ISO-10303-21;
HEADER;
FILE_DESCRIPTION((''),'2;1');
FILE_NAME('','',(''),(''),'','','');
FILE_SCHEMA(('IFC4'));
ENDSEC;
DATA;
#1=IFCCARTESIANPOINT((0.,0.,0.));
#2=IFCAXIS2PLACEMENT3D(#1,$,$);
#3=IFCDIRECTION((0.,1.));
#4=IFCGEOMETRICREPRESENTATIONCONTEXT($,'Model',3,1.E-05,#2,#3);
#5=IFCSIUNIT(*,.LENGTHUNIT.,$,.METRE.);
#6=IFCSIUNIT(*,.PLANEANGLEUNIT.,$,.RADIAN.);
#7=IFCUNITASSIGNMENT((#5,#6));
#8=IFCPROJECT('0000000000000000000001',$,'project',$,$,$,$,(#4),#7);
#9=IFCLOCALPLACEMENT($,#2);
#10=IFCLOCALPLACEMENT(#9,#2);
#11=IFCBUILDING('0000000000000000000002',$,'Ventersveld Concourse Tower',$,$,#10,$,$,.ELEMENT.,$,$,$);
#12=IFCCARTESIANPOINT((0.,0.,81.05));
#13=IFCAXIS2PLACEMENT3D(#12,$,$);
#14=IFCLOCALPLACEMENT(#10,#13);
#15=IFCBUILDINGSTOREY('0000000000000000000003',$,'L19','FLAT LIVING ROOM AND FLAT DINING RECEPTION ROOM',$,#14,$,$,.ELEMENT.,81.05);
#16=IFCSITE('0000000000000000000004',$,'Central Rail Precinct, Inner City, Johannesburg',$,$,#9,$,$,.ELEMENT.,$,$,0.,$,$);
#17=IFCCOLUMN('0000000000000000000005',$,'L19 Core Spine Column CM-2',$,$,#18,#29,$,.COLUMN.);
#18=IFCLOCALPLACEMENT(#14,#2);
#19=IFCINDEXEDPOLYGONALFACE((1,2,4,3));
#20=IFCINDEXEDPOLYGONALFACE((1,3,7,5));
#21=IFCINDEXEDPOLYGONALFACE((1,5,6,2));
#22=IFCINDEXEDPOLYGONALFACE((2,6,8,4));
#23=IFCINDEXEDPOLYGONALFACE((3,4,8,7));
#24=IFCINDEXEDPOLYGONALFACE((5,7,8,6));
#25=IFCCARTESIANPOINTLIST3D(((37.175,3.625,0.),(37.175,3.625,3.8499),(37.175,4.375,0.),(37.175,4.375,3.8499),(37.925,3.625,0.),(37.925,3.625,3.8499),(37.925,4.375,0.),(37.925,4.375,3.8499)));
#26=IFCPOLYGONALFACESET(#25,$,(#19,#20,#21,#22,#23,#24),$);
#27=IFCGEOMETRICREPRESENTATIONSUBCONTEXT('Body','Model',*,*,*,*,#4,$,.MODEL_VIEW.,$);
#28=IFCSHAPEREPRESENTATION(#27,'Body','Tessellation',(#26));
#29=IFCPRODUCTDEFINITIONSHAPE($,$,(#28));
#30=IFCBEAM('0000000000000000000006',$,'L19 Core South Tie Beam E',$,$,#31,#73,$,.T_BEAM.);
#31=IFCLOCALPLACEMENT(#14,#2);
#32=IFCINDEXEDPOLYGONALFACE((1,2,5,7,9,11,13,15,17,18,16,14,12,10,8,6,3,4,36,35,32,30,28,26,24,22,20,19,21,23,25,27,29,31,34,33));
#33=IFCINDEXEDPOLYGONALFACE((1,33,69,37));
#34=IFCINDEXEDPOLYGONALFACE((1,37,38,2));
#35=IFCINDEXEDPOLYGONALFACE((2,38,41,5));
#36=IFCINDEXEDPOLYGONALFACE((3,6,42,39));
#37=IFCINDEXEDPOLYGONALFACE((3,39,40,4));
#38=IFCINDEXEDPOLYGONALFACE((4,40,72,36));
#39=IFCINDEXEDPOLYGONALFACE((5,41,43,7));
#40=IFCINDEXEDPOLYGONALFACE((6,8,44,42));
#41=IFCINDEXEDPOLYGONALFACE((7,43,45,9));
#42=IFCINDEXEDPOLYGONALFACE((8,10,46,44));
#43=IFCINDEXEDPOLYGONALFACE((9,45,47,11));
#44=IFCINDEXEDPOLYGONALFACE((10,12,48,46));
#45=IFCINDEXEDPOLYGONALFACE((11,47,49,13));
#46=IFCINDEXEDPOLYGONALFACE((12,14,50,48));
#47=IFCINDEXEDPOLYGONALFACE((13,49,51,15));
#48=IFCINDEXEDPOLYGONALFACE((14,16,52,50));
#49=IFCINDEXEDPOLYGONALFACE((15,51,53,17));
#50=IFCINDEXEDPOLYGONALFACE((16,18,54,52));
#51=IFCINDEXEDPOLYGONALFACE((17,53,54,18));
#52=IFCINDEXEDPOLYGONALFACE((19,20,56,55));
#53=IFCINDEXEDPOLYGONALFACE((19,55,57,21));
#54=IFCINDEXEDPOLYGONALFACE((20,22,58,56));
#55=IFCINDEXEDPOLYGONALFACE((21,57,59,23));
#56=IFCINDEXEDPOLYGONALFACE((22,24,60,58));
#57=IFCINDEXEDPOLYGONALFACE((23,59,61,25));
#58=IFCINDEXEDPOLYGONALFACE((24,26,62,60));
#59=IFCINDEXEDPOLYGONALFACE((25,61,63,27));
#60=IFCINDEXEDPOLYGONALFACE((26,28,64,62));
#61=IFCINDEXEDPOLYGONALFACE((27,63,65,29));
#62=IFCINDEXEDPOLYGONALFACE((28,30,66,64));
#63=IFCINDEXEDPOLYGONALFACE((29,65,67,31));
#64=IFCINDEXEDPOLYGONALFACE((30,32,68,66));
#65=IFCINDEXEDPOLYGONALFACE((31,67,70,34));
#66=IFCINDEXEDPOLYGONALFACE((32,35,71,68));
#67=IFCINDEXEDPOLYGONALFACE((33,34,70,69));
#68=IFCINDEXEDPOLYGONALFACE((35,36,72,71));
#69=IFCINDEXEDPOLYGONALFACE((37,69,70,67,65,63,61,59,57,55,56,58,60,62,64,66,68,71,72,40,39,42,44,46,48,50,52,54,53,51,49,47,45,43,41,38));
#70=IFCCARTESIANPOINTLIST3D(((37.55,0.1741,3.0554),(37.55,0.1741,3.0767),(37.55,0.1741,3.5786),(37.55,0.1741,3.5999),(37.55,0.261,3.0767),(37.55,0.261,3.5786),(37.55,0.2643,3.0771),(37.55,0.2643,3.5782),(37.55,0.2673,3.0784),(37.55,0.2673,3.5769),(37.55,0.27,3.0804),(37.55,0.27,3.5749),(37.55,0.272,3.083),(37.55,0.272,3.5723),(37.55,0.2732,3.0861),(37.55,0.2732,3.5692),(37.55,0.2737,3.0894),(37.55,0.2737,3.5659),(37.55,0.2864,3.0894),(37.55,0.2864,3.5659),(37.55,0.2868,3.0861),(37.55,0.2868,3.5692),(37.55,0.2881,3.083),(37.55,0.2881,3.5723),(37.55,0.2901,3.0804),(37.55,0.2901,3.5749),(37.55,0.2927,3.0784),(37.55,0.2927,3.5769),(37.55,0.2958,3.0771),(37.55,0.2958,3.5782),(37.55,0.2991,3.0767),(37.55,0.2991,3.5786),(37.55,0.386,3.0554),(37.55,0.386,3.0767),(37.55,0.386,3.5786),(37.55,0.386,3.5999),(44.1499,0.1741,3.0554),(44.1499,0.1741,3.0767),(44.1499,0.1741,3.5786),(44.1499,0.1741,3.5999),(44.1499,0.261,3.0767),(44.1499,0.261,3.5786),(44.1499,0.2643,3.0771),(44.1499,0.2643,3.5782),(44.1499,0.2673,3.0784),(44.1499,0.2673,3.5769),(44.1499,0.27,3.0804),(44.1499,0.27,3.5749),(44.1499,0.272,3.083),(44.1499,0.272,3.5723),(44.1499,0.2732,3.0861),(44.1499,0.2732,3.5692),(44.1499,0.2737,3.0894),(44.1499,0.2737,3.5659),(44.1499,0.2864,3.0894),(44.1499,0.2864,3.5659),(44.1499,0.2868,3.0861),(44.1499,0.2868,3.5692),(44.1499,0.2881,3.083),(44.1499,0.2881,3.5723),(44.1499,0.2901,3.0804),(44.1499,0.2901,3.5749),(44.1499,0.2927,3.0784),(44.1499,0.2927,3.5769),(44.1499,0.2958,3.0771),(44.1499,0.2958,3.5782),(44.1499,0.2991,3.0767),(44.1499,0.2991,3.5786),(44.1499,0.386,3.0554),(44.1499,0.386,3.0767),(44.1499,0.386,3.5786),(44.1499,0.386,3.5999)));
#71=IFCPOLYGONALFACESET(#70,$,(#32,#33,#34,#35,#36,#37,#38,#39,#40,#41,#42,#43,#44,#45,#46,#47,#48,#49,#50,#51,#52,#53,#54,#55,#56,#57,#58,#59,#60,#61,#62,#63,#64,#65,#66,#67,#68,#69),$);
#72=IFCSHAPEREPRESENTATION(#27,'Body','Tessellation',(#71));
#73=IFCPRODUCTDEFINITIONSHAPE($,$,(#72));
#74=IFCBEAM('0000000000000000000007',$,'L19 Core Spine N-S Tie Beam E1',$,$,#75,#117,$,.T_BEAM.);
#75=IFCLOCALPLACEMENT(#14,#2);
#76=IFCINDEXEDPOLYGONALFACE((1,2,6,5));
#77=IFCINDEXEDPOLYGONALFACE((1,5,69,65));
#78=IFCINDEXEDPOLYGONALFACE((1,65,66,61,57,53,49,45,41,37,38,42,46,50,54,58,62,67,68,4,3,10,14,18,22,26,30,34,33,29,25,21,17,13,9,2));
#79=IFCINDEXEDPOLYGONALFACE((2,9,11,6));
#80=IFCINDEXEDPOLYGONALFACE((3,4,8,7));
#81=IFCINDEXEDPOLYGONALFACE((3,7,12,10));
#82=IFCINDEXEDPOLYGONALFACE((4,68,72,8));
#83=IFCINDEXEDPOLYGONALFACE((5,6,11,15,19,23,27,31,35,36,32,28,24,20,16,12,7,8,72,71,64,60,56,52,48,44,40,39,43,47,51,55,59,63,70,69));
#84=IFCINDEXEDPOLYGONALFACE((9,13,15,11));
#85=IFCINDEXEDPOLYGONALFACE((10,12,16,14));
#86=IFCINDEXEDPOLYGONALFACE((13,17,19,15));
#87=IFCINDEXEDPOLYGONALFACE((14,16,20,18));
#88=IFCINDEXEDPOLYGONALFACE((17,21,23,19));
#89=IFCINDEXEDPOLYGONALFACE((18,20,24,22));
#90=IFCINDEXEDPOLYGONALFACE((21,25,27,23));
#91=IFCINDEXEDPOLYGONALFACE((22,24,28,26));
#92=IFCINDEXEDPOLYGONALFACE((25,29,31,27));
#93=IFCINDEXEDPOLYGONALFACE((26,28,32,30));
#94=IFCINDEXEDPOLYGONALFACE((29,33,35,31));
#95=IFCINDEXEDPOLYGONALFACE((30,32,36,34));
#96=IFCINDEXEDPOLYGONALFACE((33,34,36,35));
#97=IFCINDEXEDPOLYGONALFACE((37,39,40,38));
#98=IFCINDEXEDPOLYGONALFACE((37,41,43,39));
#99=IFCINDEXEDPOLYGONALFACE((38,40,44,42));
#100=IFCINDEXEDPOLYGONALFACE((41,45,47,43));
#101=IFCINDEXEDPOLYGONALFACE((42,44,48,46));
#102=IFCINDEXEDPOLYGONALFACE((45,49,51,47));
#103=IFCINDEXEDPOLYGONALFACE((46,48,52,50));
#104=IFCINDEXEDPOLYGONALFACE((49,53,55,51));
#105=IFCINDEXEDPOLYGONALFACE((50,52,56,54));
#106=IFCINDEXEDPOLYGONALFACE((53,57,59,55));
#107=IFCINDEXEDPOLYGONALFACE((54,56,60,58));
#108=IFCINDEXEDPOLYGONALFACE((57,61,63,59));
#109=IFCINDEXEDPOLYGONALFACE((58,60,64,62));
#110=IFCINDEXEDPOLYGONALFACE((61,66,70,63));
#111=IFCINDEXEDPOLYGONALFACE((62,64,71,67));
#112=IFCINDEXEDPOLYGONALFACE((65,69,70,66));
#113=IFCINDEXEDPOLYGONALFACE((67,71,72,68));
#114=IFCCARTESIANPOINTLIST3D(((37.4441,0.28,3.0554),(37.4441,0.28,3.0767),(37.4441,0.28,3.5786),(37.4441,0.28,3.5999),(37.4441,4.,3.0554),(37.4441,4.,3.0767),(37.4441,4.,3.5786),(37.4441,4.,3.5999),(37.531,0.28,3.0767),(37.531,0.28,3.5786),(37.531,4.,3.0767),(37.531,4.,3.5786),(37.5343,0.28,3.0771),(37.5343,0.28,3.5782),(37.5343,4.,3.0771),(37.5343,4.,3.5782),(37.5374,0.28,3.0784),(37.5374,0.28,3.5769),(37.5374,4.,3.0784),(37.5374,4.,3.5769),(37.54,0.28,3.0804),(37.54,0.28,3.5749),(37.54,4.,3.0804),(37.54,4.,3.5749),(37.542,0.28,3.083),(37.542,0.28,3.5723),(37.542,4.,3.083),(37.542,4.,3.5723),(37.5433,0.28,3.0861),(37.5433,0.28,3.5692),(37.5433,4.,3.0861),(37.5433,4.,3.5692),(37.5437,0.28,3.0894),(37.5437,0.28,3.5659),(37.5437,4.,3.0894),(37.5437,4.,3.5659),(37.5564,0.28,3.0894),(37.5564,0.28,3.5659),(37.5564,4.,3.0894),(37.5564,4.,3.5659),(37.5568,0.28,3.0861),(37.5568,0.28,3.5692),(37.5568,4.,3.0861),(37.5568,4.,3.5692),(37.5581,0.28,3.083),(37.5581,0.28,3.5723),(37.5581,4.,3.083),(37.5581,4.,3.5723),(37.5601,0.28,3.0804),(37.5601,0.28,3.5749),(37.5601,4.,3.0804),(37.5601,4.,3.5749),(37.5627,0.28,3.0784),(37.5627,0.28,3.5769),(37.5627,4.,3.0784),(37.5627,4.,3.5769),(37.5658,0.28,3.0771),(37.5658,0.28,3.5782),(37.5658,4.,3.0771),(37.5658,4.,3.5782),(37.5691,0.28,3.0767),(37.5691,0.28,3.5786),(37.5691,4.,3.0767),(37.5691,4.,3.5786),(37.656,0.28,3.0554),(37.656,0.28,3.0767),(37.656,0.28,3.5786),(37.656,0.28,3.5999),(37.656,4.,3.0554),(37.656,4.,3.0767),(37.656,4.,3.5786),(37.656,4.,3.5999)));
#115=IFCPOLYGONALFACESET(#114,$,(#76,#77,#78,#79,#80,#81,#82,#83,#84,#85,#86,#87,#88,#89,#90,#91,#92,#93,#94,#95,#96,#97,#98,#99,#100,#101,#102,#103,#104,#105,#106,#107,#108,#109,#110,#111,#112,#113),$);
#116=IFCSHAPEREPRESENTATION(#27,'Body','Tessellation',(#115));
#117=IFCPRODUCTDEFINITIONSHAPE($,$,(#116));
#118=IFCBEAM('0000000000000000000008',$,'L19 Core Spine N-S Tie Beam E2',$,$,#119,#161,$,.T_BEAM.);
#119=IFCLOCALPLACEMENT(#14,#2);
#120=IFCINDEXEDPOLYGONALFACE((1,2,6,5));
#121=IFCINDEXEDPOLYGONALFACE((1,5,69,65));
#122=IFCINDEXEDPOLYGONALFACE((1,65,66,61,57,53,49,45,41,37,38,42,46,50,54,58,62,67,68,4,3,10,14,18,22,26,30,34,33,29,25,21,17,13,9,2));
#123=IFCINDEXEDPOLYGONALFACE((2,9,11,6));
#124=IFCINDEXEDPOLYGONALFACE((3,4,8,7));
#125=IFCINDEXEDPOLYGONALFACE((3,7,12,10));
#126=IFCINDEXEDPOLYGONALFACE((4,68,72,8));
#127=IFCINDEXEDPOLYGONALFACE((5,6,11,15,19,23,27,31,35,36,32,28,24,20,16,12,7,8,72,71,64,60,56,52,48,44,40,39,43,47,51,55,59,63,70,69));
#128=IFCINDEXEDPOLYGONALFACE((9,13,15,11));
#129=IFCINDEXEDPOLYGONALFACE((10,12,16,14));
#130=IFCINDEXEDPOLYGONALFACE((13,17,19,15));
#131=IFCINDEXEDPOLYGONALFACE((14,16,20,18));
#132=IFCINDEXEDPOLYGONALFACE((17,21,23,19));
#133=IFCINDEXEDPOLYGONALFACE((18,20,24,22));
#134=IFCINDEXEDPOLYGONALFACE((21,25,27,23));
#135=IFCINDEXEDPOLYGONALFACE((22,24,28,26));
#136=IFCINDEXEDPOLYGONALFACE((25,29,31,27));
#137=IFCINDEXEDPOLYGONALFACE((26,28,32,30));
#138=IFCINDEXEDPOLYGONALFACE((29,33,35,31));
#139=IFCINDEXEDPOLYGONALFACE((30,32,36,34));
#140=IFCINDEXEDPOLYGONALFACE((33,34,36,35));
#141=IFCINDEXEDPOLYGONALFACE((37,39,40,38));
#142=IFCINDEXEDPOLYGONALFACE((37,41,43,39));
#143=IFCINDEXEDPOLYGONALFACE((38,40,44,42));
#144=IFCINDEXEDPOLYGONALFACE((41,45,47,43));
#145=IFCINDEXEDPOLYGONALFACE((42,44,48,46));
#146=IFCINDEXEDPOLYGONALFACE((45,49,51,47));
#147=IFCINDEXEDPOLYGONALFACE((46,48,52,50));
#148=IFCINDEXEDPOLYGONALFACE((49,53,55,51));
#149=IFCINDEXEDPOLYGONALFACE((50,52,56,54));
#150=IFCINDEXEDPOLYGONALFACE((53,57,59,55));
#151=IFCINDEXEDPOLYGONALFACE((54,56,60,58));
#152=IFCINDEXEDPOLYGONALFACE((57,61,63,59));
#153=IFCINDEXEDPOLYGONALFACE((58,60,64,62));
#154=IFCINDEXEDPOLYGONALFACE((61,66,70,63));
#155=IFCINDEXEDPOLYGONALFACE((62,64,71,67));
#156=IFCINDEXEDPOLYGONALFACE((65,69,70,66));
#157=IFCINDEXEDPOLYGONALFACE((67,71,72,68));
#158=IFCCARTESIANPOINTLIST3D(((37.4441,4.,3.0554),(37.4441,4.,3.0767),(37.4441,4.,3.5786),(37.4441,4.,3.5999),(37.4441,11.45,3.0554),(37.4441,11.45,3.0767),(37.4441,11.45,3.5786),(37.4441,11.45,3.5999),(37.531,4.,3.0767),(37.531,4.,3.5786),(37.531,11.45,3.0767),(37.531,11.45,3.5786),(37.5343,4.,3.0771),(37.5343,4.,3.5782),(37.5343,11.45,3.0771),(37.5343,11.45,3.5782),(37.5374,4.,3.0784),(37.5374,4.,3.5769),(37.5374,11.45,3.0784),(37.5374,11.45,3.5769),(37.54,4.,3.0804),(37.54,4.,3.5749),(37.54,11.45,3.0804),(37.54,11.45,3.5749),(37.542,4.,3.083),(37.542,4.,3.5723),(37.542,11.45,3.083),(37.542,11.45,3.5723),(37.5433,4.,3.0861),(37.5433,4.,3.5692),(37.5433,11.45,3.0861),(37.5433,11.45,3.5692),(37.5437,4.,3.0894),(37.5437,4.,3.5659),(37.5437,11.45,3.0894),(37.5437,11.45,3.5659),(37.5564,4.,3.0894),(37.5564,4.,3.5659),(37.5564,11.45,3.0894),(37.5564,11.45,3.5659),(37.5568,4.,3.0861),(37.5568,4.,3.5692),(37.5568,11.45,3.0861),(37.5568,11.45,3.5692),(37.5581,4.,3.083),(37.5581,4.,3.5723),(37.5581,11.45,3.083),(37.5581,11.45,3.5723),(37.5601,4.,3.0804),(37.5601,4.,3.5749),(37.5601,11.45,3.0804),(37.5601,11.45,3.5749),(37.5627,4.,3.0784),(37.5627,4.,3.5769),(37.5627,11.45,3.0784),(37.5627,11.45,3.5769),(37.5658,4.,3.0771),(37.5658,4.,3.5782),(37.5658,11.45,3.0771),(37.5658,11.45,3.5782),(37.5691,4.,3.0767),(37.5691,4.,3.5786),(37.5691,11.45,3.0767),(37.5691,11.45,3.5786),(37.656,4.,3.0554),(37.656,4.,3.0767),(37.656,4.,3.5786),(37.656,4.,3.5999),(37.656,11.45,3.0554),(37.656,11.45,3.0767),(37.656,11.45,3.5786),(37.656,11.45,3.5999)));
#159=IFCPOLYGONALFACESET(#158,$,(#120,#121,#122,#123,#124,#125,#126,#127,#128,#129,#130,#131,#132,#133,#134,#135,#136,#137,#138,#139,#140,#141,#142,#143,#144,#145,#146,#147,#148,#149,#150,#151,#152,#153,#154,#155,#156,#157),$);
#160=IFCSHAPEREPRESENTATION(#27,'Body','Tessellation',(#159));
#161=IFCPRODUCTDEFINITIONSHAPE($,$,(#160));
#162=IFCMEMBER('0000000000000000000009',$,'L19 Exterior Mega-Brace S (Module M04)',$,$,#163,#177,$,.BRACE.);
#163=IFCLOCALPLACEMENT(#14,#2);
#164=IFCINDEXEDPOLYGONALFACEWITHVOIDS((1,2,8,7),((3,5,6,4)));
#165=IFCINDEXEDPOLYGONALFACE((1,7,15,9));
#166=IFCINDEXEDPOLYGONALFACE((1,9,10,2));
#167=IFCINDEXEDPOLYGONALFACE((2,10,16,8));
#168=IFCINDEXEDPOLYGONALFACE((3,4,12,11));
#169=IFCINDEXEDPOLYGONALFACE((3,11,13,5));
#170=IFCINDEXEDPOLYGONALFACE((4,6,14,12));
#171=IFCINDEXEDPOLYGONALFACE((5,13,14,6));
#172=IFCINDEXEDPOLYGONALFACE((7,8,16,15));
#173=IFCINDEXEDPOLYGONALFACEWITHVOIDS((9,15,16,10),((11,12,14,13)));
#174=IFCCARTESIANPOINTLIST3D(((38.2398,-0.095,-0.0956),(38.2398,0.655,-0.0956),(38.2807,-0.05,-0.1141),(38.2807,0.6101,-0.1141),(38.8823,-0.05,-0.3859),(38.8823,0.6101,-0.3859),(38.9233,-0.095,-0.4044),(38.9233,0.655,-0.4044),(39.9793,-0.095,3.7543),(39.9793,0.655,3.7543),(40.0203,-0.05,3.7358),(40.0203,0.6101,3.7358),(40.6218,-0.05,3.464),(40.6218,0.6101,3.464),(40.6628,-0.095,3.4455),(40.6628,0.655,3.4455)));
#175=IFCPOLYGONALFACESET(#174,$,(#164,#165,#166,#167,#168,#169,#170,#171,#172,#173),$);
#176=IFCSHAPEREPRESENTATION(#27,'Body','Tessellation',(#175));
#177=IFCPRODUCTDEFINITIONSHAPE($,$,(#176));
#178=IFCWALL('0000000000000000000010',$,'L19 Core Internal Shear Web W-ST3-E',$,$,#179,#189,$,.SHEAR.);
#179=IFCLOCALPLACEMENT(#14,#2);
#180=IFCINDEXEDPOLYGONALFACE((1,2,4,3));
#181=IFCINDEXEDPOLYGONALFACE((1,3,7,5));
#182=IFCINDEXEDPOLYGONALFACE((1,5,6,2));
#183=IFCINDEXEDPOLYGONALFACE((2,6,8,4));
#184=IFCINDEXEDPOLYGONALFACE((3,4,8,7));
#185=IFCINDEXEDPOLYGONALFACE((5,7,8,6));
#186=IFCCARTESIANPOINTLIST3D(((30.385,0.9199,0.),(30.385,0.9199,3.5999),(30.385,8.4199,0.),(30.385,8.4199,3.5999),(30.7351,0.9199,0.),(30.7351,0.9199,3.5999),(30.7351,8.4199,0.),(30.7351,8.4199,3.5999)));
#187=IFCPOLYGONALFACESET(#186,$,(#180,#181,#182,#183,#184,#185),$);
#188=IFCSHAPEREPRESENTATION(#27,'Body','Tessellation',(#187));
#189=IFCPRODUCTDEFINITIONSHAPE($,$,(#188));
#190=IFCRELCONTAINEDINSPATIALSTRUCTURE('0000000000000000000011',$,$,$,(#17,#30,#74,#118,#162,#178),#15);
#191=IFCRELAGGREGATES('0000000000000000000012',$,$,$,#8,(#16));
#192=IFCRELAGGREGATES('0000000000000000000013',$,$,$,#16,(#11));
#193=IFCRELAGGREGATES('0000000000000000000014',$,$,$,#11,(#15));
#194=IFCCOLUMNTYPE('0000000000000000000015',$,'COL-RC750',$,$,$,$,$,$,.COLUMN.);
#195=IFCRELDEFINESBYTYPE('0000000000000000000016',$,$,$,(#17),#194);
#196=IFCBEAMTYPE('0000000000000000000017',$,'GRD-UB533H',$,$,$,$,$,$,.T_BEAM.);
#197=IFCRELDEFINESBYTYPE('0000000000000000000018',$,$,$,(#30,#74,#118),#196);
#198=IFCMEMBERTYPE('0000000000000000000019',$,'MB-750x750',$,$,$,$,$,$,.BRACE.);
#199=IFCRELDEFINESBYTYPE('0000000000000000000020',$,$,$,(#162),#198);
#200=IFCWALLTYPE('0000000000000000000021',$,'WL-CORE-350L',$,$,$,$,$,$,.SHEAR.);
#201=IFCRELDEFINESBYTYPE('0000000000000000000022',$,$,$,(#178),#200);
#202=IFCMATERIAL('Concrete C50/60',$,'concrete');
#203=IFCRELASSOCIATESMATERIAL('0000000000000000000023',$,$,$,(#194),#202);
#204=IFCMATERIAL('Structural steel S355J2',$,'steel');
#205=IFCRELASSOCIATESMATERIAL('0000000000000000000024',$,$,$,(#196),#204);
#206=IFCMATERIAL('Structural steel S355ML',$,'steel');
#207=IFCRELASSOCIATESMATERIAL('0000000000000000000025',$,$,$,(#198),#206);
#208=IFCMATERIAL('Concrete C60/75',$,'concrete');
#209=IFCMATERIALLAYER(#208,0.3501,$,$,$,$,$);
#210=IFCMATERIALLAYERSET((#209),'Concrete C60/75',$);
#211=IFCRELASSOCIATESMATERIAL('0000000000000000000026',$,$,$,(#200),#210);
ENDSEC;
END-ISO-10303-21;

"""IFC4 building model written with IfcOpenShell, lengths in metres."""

from ifc_helpers import new_model, si_unit, direction, frame, frame_2d, origin, origin_2d, place, context, subcontext, project, spatial, rectangle, hollow_rectangle, i_section, extrude, material, layer, layer_set, material_profile, profile_set, type_object, element, save


model = new_model("IFC4")

# Units and contexts
model_context = context("Model", 3, precision=1e-05, world=origin(), true_north=direction((0.0, 1.0)))
body_context = subcontext(model_context, "Body", "Model", "MODEL_VIEW")
ifc_project = project(units=[si_unit("LENGTHUNIT", "METRE"), si_unit("PLANEANGLEUNIT", "RADIAN")], contexts=[model_context])

# Site, building, storey
site_placement = place(None, origin())
site = spatial("IfcSite", under=ifc_project, at=site_placement, Name="Central Rail Precinct, Inner City, Johannesburg", CompositionType="ELEMENT", RefElevation=0.0)
building_placement = place(site_placement, origin())
building = spatial("IfcBuilding", under=site, at=building_placement, Name="Ventersveld Concourse Tower", CompositionType="ELEMENT")
storey_placement = place(building_placement, frame((0.0, 0.0, 81.05)))
storey = spatial("IfcBuildingStorey", under=building, at=storey_placement, Name="L19", Description="FLAT LIVING ROOM AND FLAT DINING RECEPTION ROOM", CompositionType="ELEMENT", Elevation=81.05)

# Column
ifc_material_1 = material(Name="Concrete C50/60", Category="concrete")
ifc_material_profile_1 = material_profile(ifc_material_1, rectangle(XDim=0.75, YDim=0.75, at=origin_2d()), Name="RC 750x750")
ifc_profile_set_1 = profile_set([ifc_material_profile_1], Name="Concrete C50/60")
column_type = type_object("IfcColumnType", Name="COL-RC750", PredefinedType="COLUMN", material=ifc_profile_set_1)
column_placement = place(storey_placement, frame((37.55, 4.0, 0.0), z_axis=(0.0, 0.0, 1.0), x_axis=(1.0, 0.0, 0.0)))
element("IfcColumn", 1, at=column_placement, inside=storey, type_object=column_type, Name="L19 Core Spine Column CM-2", PredefinedType="COLUMN", context=body_context, shape_type="SweptSolid", body=[
    extrude(rectangle(XDim=0.75, YDim=0.75, at=origin_2d()), origin(), (0.0, 0.0, 1.0), 3.8499),
])

# Beams
ifc_material_2 = material(Name="Structural steel S355J2", Category="steel")
ifc_material_profile_2 = material_profile(ifc_material_2, i_section(OverallWidth=0.2119, OverallDepth=0.5444, WebThickness=0.0127, FlangeThickness=0.0212, FilletRadius=0.0127, at=origin_2d()), Name="UB 533x210x122")
ifc_profile_set_2 = profile_set([ifc_material_profile_2], Name="Structural steel S355J2")
beam_type = type_object("IfcBeamType", Name="GRD-UB533H", PredefinedType="T_BEAM", material=ifc_profile_set_2)
beam_1_placement = place(storey_placement, frame((37.55, 0.28, 3.3276), z_axis=(1.0, 0.0, 0.0), x_axis=(0.0, 1.0, 0.0)))
element("IfcBeam", 2, at=beam_1_placement, inside=storey, type_object=beam_type, Name="L19 Core South Tie Beam E", PredefinedType="T_BEAM", context=body_context, shape_type="SweptSolid", body=[
    extrude(i_section(OverallWidth=0.2119, OverallDepth=0.5444, WebThickness=0.0127, FlangeThickness=0.0212, FilletRadius=0.0127, at=origin_2d()), origin(), (0.0, 0.0, 1.0), 6.5999),
])
beam_2_placement = place(storey_placement, frame((37.55, 0.28, 3.3276), z_axis=(0.0, 1.0, 0.0), x_axis=(-1.0, 0.0, 0.0)))
element("IfcBeam", 3, at=beam_2_placement, inside=storey, type_object=beam_type, Name="L19 Core Spine N-S Tie Beam E1", PredefinedType="T_BEAM", context=body_context, shape_type="SweptSolid", body=[
    extrude(i_section(OverallWidth=0.2119, OverallDepth=0.5444, WebThickness=0.0127, FlangeThickness=0.0212, FilletRadius=0.0127, at=origin_2d()), origin(), (0.0, 0.0, 1.0), 3.72),
])
beam_3_placement = place(storey_placement, frame((37.55, 4.0, 3.3276), z_axis=(0.0, 1.0, 0.0), x_axis=(-1.0, 0.0, 0.0)))
element("IfcBeam", 4, at=beam_3_placement, inside=storey, type_object=beam_type, Name="L19 Core Spine N-S Tie Beam E2", PredefinedType="T_BEAM", context=body_context, shape_type="SweptSolid", body=[
    extrude(i_section(OverallWidth=0.2119, OverallDepth=0.5444, WebThickness=0.0127, FlangeThickness=0.0212, FilletRadius=0.0127, at=origin_2d()), origin(), (0.0, 0.0, 1.0), 7.45),
])

# Member
ifc_material_3 = material(Name="Structural steel S355ML", Category="steel")
ifc_material_profile_3 = material_profile(ifc_material_3, hollow_rectangle(XDim=0.75, YDim=0.75, WallThickness=0.0449, at=origin_2d()), Name="BOX 750x750x45")
ifc_profile_set_3 = profile_set([ifc_material_profile_3], Name="Structural steel S355ML")
member_type = type_object("IfcMemberType", Name="MB-750x750", PredefinedType="BRACE", material=ifc_profile_set_3)
member_placement = place(storey_placement, frame((38.5815, 0.28, -0.25), z_axis=(0.411755, 0.0, 0.911294), x_axis=(0.0, 1.0, 0.0)))
element("IfcMember", 5, at=member_placement, inside=storey, type_object=member_type, Name="L19 Exterior Mega-Brace S (Module M04)", PredefinedType="BRACE", context=body_context, shape_type="SweptSolid", body=[
    extrude(hollow_rectangle(XDim=0.75, YDim=0.75, WallThickness=0.0449, at=origin_2d()), origin(), (0.0, 0.0, 1.0), 4.2246),
])

# Wall
ifc_material_4 = material(Name="Concrete C60/75", Category="concrete")
ifc_layer_1 = layer(ifc_material_4, 0.3501)
ifc_layer_set_1 = layer_set([ifc_layer_1], Name="Concrete C60/75")
wall_type_1 = type_object("IfcWallType", Name="WL-CORE-350L", PredefinedType="SHEAR", material=ifc_layer_set_1)
for number, where, z_axis, x_axis, name in (
    (6, (30.5601, 0.9199, 0.0), (0.0, 0.0, 1.0), (0.0, 1.0, 0.0), "L19 Core Internal Shear Web W-ST3-E"),
):
    element("IfcWall", number, at=place(storey_placement, frame(where, z_axis=z_axis, x_axis=x_axis)), inside=storey, type_object=wall_type_1, Name=name, PredefinedType="SHEAR", context=body_context, shape_type="SweptSolid", body=[
        extrude(rectangle(XDim=7.5, YDim=0.3501, at=frame_2d((3.75, 0.0))), origin(), (0.0, 0.0, 1.0), 3.5999),
    ])

save(model, "model.ifc")
